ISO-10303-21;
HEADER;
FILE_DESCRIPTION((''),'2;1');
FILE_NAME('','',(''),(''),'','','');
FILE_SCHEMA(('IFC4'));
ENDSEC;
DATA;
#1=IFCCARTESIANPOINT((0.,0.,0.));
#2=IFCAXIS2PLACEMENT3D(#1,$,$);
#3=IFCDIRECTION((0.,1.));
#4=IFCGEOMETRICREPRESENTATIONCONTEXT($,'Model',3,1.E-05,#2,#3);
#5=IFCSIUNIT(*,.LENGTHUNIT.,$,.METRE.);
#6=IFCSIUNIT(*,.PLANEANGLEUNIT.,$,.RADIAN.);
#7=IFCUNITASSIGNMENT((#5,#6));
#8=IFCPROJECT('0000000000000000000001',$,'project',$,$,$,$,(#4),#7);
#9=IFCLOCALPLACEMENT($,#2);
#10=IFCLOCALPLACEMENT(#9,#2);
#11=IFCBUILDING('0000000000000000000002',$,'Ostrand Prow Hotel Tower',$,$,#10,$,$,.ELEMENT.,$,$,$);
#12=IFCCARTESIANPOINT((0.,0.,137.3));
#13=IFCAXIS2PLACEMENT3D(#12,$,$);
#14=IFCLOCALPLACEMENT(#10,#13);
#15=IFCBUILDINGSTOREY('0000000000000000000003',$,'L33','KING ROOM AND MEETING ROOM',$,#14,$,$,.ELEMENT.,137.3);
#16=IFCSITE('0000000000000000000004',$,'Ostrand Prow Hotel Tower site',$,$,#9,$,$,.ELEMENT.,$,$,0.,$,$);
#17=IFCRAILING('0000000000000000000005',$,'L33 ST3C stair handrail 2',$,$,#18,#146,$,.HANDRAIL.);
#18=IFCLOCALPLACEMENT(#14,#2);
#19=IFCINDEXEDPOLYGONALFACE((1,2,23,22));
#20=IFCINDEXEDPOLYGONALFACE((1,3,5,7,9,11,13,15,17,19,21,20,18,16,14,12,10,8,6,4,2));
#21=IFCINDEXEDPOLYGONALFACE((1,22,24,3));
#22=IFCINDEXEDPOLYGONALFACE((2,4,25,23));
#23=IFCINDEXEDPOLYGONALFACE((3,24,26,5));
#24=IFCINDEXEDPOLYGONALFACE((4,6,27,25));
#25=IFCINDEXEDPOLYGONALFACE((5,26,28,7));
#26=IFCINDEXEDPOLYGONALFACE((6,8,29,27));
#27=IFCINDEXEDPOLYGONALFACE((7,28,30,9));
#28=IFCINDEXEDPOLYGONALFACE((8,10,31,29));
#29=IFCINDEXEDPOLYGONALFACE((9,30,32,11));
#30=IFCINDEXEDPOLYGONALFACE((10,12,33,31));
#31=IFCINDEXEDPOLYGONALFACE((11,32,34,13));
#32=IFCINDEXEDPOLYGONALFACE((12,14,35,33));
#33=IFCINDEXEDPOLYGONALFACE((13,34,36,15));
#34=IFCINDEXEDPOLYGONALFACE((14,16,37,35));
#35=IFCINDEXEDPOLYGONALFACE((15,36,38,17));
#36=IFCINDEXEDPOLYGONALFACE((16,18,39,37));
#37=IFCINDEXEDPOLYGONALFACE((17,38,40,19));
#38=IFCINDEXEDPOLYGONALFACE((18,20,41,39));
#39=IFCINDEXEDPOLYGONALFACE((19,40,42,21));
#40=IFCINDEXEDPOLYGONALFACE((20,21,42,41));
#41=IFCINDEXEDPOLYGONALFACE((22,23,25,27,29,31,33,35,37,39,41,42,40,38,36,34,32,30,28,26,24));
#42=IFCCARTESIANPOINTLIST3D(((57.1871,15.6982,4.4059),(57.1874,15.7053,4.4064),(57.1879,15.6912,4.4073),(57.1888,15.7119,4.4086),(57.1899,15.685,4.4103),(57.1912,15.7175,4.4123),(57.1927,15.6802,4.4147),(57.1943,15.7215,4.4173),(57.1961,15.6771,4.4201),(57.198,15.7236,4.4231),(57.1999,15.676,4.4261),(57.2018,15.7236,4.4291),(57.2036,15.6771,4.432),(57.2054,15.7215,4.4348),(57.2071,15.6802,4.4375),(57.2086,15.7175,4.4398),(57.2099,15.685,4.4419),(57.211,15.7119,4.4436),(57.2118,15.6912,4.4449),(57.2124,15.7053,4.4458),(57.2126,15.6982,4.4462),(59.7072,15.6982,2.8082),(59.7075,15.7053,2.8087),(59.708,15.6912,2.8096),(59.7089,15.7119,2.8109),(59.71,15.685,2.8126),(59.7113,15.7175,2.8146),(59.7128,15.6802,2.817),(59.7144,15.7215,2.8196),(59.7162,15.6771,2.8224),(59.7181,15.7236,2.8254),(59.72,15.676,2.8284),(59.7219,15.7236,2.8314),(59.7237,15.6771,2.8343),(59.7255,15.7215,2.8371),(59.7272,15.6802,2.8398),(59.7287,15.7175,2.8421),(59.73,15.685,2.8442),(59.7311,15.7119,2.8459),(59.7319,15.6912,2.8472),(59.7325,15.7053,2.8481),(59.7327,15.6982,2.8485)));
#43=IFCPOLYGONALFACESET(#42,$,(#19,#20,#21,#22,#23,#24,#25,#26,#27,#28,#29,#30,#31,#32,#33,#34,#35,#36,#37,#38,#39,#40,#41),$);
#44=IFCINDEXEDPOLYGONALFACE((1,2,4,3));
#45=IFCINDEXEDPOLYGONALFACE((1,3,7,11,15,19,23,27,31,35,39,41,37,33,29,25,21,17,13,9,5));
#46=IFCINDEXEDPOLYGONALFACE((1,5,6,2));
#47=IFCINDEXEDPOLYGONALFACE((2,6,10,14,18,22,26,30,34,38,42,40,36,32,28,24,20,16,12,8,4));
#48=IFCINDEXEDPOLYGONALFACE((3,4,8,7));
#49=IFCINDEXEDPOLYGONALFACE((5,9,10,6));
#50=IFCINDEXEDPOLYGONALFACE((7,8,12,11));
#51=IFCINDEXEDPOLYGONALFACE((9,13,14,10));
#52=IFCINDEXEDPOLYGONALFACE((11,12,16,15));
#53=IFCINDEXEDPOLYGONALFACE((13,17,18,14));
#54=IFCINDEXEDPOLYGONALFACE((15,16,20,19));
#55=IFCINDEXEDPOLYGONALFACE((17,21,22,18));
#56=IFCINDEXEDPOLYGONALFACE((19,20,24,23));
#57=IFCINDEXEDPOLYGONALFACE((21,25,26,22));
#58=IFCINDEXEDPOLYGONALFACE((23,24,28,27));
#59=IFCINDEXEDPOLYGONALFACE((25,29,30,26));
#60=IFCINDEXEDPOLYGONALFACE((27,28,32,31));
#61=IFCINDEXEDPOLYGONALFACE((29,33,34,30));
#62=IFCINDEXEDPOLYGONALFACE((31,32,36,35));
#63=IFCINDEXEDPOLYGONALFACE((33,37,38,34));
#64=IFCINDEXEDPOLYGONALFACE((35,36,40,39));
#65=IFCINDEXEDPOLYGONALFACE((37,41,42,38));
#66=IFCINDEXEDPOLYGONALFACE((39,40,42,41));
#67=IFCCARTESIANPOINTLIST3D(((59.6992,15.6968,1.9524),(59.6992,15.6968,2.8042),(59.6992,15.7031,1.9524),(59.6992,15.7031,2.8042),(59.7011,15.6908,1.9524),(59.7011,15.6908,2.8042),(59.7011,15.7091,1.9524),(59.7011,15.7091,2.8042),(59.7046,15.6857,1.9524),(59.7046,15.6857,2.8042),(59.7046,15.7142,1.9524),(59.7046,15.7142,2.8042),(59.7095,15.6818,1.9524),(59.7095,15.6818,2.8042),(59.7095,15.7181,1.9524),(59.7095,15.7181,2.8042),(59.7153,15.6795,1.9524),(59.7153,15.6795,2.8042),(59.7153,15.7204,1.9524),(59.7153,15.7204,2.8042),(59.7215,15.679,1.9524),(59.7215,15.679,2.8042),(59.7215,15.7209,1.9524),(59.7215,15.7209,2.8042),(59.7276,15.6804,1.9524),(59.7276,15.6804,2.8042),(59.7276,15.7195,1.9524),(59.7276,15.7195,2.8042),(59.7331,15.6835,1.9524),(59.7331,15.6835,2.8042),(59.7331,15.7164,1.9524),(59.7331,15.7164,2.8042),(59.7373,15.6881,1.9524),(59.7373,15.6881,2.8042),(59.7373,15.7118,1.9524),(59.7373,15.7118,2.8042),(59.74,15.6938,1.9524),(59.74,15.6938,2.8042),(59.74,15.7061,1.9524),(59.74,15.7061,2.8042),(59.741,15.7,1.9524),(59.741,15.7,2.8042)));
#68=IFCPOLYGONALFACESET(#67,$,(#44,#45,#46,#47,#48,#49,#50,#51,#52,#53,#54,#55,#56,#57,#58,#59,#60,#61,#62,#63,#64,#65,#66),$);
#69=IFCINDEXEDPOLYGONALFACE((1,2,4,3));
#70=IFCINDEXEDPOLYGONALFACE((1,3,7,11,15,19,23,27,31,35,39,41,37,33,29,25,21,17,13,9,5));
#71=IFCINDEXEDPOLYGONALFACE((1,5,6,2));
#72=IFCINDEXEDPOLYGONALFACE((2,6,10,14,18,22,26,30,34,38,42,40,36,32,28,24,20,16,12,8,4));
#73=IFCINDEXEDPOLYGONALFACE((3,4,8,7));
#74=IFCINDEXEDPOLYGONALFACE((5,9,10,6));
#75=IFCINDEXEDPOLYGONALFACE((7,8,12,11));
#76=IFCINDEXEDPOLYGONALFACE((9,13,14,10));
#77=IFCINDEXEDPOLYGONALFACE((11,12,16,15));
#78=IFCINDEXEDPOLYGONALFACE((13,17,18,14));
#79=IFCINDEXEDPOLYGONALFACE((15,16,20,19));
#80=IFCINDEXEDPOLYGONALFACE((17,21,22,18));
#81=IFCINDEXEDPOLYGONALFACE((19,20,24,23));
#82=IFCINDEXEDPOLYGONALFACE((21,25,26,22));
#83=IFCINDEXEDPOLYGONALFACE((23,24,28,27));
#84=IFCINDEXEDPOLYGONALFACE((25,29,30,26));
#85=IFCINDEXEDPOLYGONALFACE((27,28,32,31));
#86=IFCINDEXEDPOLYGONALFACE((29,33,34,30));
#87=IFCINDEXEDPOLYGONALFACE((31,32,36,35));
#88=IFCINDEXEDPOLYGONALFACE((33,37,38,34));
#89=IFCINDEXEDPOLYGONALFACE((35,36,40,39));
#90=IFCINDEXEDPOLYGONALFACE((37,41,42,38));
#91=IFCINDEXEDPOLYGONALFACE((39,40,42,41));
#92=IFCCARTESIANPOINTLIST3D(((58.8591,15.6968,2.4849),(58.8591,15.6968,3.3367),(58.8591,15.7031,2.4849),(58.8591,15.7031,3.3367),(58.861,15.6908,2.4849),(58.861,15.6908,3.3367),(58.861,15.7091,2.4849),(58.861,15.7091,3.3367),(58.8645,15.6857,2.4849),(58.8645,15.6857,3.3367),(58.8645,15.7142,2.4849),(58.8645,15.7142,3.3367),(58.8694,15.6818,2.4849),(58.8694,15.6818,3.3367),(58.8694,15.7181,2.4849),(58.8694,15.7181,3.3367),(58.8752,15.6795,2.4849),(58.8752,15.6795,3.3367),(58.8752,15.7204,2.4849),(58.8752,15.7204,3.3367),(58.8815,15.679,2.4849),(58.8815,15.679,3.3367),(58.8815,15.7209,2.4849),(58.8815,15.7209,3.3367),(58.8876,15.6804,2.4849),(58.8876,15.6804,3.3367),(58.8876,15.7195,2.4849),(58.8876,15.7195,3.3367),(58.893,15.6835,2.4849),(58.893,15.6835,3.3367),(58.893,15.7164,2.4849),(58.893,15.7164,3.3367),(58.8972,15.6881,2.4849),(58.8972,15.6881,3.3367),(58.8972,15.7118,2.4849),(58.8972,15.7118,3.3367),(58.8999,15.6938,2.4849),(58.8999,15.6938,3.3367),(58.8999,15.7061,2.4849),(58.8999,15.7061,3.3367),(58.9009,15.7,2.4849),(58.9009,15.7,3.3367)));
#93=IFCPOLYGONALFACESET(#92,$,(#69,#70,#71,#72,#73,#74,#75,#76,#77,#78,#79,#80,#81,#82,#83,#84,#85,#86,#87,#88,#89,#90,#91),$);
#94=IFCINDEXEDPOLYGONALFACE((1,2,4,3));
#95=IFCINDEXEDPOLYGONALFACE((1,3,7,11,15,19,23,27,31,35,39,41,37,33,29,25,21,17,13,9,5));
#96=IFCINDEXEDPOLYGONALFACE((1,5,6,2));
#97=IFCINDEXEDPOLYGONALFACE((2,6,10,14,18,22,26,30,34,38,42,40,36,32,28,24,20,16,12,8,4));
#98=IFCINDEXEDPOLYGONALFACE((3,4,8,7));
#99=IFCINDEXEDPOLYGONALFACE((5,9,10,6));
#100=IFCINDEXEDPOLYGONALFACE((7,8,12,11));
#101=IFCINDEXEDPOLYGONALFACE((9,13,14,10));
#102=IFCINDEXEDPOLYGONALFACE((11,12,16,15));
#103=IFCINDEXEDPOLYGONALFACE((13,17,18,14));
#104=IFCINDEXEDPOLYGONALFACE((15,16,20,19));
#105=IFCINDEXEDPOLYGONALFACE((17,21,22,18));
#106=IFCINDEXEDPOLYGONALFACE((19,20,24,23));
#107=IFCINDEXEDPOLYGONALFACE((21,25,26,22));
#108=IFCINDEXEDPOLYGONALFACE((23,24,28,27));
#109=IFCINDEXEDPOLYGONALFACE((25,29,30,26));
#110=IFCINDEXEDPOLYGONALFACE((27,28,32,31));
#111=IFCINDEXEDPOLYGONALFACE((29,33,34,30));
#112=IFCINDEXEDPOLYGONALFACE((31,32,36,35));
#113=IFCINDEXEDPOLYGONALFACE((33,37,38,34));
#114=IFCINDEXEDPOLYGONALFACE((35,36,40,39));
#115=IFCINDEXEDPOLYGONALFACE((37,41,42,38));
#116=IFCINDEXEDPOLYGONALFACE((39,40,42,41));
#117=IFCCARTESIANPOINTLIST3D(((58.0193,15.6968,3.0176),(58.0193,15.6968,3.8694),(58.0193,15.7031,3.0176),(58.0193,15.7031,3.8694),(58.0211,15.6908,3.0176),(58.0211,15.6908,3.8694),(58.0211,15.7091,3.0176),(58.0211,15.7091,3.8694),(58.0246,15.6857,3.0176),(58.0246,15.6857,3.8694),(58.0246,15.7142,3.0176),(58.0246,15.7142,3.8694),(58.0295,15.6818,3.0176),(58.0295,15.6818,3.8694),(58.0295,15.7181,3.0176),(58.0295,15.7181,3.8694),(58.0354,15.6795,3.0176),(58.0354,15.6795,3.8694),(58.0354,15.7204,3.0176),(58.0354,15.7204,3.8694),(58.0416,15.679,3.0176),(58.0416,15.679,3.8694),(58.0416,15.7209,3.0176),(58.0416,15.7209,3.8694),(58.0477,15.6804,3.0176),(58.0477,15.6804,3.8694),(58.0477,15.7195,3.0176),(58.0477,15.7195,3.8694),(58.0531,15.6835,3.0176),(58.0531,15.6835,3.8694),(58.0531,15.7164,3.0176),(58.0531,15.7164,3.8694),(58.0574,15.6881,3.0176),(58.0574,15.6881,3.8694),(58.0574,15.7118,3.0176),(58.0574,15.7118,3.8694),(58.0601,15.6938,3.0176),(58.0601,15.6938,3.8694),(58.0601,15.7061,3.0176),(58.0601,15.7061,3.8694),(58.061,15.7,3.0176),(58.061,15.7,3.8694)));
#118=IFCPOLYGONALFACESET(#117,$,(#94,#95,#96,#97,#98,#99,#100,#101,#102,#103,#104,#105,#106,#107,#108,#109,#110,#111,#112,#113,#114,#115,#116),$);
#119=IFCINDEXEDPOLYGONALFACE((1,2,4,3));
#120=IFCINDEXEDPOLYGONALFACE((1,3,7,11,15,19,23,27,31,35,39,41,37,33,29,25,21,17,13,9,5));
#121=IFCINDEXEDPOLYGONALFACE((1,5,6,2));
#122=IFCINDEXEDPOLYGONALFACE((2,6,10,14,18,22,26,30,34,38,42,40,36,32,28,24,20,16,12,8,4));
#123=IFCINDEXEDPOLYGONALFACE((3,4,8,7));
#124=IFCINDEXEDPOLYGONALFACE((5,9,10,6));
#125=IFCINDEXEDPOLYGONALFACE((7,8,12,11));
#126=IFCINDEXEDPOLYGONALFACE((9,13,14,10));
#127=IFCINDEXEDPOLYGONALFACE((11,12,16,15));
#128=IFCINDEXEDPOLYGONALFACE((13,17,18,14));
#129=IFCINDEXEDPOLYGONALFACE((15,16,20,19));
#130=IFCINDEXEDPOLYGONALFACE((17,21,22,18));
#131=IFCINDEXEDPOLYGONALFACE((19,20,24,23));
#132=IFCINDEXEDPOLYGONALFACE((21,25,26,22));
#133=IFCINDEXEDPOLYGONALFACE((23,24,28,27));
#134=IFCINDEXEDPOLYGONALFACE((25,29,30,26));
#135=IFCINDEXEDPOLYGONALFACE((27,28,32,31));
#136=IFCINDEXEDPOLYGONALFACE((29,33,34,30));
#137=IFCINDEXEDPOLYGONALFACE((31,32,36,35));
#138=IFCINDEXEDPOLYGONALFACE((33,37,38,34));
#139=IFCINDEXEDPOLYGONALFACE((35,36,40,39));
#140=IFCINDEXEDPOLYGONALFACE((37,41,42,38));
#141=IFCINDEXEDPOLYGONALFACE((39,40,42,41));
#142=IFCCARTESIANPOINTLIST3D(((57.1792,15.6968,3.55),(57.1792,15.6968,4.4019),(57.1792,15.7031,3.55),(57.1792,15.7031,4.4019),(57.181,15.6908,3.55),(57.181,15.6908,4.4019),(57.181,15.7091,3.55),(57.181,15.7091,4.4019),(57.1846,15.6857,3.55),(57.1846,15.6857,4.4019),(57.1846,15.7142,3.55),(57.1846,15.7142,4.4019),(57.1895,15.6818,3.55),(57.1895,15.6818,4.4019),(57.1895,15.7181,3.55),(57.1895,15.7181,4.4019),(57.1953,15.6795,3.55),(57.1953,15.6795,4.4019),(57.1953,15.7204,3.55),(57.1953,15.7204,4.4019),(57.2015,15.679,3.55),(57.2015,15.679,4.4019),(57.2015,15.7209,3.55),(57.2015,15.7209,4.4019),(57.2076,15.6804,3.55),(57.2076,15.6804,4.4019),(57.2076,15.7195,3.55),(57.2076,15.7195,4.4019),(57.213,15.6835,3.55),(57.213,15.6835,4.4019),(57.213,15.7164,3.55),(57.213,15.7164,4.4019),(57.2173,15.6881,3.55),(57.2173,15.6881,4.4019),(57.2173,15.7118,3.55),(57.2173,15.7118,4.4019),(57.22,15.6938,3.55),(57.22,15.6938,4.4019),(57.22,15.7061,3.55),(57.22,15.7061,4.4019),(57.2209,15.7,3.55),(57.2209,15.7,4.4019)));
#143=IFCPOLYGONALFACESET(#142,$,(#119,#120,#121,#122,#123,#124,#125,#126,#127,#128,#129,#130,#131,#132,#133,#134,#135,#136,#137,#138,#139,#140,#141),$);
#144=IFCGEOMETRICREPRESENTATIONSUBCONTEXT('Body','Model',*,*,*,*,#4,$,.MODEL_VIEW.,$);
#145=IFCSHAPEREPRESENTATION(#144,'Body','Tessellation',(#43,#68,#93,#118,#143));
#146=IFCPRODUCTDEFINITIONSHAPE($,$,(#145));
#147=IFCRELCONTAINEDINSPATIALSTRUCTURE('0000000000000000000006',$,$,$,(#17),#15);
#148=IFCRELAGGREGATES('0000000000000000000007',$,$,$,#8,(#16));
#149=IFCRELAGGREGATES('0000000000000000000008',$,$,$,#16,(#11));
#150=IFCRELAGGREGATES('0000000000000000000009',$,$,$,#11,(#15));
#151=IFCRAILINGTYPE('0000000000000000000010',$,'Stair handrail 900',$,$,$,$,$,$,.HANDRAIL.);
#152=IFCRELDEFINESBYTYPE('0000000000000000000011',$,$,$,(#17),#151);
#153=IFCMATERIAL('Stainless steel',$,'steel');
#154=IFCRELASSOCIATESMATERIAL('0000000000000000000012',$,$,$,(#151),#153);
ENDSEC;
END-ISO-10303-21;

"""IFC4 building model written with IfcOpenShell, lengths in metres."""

from ifc_helpers import new_model, si_unit, direction, frame, origin, origin_2d, place, context, subcontext, project, spatial, circle, extrude, material, type_object, element, save


model = new_model("IFC4")

# Units and contexts
model_context = context("Model", 3, precision=1e-05, world=origin(), true_north=direction((0.0, 1.0)))
body_context = subcontext(model_context, "Body", "Model", "MODEL_VIEW")
ifc_project = project(units=[si_unit("LENGTHUNIT", "METRE"), si_unit("PLANEANGLEUNIT", "RADIAN")], contexts=[model_context])

# Site, building, storey
site_placement = place(None, origin())
site = spatial("IfcSite", under=ifc_project, at=site_placement, Name="Ostrand Prow Hotel Tower site", CompositionType="ELEMENT", RefElevation=0.0)
building_placement = place(site_placement, origin())
building = spatial("IfcBuilding", under=site, at=building_placement, Name="Ostrand Prow Hotel Tower", CompositionType="ELEMENT")
storey_placement = place(building_placement, frame((0.0, 0.0, 137.3)))
storey = spatial("IfcBuildingStorey", under=building, at=storey_placement, Name="L33", Description="KING ROOM AND MEETING ROOM", CompositionType="ELEMENT", Elevation=137.3)

# Railing
ifc_material_1 = material(Name="Stainless steel", Category="steel")
railing_type_1 = type_object("IfcRailingType", Name="Stair handrail 900", PredefinedType="HANDRAIL", material=ifc_material_1)
railing_1_placement = place(storey_placement, frame((59.72, 15.7, 1.9524)))
element("IfcRailing", 1, at=railing_1_placement, inside=storey, type_object=railing_type_1, Name="L33 ST3C stair handrail 2", PredefinedType="HANDRAIL", context=body_context, shape_type="SweptSolid", body=[
    extrude(circle(Radius=0.0239, at=origin_2d()), frame((0.0, 0.0, 0.876), z_axis=(-0.84457, 0.0, 0.535445), x_axis=(0.0, -1.0, 0.0)), (0.0, 0.0, 1.0), 2.9839),
    extrude(circle(Radius=0.021, at=origin_2d()), origin(), (0.0, 0.0, 1.0), 0.8518),
    extrude(circle(Radius=0.021, at=origin_2d()), frame((-0.8401, 0.0, 0.5325)), (0.0, 0.0, 1.0), 0.8518),
    extrude(circle(Radius=0.021, at=origin_2d()), frame((-1.6799, 0.0, 1.0652)), (0.0, 0.0, 1.0), 0.8518),
    extrude(circle(Radius=0.021, at=origin_2d()), frame((-2.52, 0.0, 1.5977)), (0.0, 0.0, 1.0), 0.8518),
])

save(model, "model.ifc")
